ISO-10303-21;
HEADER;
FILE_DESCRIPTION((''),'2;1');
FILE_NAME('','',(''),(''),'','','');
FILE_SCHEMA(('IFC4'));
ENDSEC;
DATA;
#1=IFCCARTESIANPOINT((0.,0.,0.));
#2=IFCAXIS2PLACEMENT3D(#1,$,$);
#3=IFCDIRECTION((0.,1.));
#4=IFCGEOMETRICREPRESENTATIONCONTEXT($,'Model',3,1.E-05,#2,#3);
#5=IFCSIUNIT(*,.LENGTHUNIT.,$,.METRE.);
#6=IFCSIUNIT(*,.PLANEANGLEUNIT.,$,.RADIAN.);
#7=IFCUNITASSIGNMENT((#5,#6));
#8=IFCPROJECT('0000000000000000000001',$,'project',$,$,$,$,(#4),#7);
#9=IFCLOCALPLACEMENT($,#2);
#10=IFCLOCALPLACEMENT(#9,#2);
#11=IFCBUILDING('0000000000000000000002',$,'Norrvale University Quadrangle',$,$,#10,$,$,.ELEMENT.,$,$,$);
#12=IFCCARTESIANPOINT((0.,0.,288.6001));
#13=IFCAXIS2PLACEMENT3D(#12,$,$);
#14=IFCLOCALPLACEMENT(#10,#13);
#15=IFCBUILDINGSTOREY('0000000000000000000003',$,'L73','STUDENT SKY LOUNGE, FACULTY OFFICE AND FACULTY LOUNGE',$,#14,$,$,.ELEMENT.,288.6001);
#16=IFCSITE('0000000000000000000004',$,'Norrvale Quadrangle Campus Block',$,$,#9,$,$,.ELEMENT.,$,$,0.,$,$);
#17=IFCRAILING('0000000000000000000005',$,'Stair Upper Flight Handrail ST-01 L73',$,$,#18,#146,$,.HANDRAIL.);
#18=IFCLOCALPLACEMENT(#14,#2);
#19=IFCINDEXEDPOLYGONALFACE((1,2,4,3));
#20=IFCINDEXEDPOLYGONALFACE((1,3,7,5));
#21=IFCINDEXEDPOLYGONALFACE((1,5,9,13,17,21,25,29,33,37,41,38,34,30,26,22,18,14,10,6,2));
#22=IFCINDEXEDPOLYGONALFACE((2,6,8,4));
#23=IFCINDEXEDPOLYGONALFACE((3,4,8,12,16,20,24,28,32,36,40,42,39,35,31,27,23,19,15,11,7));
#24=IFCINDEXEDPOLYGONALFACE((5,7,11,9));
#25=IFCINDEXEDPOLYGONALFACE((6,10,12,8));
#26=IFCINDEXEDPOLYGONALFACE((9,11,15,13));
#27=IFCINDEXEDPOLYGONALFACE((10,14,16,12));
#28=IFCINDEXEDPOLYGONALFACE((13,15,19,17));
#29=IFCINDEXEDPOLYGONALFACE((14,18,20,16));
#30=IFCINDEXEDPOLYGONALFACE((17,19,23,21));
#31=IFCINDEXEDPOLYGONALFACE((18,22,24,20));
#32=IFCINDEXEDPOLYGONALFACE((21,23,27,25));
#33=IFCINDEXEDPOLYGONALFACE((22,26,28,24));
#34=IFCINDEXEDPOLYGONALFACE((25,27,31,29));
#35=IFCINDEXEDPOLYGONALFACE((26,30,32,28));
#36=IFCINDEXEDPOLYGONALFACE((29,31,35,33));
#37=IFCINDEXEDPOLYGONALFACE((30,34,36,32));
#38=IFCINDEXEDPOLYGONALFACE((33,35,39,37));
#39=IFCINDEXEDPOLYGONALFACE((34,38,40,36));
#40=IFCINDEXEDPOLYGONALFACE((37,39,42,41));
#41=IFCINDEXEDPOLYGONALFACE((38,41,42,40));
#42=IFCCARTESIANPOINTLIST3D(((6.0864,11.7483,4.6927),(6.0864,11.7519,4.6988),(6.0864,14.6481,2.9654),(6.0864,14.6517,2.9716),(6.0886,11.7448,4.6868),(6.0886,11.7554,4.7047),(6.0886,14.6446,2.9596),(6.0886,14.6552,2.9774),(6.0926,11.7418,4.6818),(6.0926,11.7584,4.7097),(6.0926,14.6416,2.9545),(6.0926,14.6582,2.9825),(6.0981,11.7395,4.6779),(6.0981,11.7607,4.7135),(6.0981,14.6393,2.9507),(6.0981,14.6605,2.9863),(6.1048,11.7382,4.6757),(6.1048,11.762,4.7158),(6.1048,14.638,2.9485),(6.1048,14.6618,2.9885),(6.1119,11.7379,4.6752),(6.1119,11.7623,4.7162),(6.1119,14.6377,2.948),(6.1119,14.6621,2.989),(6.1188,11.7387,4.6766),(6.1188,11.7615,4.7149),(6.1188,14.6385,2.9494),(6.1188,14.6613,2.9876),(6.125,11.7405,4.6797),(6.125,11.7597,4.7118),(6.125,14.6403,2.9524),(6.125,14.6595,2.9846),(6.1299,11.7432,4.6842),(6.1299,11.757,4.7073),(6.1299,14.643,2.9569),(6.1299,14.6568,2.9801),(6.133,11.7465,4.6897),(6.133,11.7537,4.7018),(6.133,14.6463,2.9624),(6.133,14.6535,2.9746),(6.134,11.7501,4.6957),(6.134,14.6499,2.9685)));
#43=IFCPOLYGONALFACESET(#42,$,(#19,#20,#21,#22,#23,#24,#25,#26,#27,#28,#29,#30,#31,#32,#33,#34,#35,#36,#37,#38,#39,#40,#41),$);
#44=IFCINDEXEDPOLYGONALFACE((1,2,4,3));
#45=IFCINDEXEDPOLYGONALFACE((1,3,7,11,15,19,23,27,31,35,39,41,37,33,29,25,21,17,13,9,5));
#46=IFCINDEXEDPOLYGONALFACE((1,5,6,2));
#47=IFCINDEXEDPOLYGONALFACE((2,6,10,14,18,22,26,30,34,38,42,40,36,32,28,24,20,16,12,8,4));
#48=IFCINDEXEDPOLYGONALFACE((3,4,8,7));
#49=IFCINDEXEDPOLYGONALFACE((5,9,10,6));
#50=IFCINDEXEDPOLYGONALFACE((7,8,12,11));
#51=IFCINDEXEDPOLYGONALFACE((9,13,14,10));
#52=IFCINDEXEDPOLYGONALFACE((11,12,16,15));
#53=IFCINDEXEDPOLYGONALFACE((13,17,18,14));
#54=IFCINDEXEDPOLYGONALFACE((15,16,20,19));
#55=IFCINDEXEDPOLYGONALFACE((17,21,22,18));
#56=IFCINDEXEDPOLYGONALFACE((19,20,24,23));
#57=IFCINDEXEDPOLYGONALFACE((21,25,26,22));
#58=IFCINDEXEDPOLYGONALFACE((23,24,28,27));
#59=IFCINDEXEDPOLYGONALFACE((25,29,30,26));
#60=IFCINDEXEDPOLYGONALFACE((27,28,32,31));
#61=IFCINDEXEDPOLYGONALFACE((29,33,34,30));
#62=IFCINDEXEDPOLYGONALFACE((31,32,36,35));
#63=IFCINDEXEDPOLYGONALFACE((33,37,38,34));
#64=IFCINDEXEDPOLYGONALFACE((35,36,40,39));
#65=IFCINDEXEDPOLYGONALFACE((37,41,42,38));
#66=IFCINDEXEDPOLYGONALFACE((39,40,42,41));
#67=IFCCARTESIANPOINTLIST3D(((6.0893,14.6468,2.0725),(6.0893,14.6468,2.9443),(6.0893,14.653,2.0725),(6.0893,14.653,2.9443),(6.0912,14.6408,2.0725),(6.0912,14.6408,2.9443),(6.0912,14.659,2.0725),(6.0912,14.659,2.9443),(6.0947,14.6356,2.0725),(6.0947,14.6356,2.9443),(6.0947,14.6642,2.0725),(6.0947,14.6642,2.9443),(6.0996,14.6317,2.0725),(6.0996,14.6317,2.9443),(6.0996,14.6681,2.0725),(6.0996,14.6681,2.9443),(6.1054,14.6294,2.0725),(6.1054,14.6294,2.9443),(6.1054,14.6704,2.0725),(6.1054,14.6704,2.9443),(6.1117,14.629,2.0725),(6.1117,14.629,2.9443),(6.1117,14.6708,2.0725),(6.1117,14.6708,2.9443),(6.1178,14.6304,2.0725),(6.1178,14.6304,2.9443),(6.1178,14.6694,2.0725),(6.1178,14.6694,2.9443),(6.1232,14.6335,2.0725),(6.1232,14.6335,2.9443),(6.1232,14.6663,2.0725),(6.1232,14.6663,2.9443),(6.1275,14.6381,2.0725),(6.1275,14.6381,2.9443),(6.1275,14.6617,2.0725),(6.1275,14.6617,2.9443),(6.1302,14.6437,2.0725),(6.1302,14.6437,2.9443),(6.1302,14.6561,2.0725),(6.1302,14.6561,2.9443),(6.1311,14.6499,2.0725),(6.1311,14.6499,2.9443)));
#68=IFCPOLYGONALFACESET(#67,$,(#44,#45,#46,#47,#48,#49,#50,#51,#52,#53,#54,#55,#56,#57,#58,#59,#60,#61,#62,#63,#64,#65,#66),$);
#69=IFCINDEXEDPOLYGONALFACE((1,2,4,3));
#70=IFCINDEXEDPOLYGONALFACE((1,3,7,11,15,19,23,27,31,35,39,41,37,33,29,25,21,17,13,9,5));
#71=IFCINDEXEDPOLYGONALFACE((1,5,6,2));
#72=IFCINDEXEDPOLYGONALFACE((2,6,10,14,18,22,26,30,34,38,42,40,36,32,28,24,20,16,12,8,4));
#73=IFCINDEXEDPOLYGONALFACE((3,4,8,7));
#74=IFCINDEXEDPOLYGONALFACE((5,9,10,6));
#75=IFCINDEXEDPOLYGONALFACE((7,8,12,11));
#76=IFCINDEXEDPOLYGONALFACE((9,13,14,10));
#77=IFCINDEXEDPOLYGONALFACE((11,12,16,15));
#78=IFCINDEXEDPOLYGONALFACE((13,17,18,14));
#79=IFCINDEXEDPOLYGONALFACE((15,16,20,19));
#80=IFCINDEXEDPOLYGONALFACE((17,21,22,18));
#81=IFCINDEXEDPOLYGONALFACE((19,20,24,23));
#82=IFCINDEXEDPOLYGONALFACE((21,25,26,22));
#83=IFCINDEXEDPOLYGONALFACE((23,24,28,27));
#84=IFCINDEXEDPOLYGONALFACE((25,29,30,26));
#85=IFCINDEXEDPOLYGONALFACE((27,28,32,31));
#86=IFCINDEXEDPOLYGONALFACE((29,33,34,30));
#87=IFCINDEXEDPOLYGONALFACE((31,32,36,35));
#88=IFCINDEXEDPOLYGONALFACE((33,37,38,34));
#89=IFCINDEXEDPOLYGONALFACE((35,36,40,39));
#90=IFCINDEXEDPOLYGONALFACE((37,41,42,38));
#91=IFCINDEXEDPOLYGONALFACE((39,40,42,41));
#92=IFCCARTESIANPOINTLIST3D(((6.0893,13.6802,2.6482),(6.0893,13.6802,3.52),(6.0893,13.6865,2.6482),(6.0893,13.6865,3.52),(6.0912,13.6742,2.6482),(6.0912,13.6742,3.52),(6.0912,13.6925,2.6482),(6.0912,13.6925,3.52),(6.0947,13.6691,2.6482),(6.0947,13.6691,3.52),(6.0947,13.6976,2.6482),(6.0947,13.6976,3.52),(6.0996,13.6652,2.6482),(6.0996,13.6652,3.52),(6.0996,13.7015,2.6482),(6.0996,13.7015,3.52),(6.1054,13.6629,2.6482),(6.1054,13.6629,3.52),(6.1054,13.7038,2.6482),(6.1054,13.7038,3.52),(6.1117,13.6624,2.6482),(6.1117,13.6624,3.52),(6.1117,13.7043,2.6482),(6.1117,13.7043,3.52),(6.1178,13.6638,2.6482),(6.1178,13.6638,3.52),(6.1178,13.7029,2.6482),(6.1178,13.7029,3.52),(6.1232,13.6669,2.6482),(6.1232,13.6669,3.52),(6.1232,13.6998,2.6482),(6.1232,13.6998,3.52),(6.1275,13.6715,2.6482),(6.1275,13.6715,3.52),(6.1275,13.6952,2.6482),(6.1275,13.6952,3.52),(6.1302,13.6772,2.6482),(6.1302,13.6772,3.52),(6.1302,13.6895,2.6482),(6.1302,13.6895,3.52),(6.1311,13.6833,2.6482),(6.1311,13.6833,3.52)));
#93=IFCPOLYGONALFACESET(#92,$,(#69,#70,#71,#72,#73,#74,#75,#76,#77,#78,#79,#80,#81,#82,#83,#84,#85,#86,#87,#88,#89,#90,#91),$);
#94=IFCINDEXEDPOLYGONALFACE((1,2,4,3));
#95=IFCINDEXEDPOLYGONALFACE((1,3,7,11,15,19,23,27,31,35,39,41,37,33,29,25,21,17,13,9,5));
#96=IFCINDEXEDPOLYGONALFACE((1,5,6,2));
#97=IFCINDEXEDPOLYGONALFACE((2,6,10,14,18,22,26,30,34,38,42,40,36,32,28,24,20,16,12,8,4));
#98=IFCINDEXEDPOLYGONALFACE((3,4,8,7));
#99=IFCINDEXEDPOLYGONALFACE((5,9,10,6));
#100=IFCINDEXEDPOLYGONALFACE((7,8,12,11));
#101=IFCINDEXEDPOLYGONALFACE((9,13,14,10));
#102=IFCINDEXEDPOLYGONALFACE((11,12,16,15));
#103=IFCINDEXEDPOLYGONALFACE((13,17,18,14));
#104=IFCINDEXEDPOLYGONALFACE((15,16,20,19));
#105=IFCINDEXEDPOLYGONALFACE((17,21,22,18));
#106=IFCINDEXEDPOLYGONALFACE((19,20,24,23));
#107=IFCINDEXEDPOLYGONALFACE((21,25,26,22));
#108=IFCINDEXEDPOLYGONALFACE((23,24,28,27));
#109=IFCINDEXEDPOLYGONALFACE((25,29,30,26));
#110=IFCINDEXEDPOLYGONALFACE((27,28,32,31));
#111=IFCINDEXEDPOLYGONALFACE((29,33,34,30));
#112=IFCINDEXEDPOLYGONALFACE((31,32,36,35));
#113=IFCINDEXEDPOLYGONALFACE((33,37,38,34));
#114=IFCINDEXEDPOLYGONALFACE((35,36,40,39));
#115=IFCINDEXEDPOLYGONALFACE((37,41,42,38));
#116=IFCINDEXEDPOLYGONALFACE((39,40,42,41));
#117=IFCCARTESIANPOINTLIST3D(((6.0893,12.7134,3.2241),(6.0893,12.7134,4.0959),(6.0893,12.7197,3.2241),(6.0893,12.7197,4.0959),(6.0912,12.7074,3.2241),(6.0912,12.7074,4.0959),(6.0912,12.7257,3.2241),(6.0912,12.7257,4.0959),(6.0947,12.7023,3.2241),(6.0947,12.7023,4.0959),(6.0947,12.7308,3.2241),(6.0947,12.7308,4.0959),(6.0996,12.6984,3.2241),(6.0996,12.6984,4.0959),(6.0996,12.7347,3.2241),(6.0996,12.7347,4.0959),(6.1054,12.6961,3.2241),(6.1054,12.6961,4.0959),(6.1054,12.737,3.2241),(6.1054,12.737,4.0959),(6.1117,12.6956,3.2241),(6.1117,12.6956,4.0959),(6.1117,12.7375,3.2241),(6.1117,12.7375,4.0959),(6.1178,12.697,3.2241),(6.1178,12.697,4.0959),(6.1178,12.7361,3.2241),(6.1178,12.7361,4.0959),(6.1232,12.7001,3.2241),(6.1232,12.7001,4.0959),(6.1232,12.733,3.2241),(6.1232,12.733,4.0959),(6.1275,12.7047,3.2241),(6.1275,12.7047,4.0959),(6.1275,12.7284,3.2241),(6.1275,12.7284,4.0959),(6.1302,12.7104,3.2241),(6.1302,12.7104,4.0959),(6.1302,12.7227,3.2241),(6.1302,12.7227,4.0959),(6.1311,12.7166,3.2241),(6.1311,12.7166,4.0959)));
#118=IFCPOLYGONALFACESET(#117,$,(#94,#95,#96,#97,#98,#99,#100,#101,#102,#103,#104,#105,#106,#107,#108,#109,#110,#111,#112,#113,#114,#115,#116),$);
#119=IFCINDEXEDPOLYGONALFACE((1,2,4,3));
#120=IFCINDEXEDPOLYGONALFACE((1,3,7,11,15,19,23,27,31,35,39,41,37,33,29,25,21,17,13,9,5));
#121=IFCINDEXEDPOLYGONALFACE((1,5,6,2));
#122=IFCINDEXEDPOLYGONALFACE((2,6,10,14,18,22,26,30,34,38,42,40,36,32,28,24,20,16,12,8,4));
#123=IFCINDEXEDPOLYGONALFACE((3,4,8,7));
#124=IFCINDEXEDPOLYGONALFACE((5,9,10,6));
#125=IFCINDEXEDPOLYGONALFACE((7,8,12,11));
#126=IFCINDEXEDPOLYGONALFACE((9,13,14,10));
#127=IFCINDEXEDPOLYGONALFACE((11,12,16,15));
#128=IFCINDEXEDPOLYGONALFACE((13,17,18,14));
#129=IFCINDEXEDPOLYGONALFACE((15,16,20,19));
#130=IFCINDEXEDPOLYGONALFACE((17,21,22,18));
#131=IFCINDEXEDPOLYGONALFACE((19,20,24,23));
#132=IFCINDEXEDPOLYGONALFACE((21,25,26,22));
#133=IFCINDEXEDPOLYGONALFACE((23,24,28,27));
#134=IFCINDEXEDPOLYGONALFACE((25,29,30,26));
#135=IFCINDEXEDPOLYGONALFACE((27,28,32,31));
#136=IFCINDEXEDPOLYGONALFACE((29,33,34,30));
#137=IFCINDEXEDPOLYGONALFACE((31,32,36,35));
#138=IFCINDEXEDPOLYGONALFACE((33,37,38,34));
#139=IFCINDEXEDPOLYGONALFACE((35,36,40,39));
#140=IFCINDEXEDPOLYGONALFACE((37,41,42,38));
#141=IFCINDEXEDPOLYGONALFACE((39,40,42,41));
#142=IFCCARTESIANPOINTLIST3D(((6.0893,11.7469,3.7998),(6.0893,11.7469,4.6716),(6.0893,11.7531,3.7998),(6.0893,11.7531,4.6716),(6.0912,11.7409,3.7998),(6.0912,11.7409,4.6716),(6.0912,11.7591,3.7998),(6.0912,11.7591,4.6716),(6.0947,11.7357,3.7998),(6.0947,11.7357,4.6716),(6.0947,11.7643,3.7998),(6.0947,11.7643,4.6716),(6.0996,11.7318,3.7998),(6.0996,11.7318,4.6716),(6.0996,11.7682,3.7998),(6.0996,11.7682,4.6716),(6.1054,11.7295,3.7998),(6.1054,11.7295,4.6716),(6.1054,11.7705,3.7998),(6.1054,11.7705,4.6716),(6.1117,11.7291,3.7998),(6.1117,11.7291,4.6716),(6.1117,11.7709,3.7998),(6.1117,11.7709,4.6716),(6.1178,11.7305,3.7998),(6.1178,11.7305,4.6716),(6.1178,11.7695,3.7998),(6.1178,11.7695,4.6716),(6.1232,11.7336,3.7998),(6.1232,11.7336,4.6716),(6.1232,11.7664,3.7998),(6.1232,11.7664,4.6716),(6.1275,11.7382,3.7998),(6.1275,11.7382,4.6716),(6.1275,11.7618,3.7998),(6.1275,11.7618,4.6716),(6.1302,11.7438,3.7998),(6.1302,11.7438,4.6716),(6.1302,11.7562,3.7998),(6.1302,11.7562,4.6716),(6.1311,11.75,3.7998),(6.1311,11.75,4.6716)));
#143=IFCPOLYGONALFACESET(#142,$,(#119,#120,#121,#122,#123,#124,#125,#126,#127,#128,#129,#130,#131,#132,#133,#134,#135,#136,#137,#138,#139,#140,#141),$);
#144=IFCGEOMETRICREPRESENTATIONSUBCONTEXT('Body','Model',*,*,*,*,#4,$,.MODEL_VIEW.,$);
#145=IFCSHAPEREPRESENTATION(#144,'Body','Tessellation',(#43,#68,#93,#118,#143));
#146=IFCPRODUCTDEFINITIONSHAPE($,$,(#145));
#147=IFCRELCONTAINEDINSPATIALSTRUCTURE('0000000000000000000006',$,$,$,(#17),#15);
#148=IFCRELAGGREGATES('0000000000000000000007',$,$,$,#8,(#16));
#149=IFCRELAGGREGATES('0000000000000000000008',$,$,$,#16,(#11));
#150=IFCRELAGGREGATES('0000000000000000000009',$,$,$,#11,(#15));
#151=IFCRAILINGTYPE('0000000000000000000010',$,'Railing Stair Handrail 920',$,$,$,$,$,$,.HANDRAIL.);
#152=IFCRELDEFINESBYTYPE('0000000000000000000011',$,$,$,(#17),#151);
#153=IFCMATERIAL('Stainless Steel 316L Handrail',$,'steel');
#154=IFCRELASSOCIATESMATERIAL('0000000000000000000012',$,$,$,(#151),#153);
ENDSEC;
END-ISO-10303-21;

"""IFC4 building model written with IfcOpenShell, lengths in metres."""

from ifc_helpers import new_model, si_unit, direction, frame, origin, origin_2d, place, context, subcontext, project, spatial, circle, extrude, material, type_object, element, save


model = new_model("IFC4")

# Units and contexts
model_context = context("Model", 3, precision=1e-05, world=origin(), true_north=direction((0.0, 1.0)))
body_context = subcontext(model_context, "Body", "Model", "MODEL_VIEW")
ifc_project = project(units=[si_unit("LENGTHUNIT", "METRE"), si_unit("PLANEANGLEUNIT", "RADIAN")], contexts=[model_context])

# Site, building, storey
site_placement = place(None, origin())
site = spatial("IfcSite", under=ifc_project, at=site_placement, Name="Norrvale Quadrangle Campus Block", CompositionType="ELEMENT", RefElevation=0.0)
building_placement = place(site_placement, origin())
building = spatial("IfcBuilding", under=site, at=building_placement, Name="Norrvale University Quadrangle", CompositionType="ELEMENT")
storey_placement = place(building_placement, frame((0.0, 0.0, 288.6001)))
storey = spatial("IfcBuildingStorey", under=building, at=storey_placement, Name="L73", Description="STUDENT SKY LOUNGE, FACULTY OFFICE AND FACULTY LOUNGE", CompositionType="ELEMENT", Elevation=288.6001)

# Railing
ifc_material_1 = material(Name="Stainless Steel 316L Handrail", Category="steel")
railing_type_1 = type_object("IfcRailingType", Name="Railing Stair Handrail 920", PredefinedType="HANDRAIL", material=ifc_material_1)
railing_1_placement = place(storey_placement, frame((6.1101, 14.6499, 2.0725)))
element("IfcRailing", 1, at=railing_1_placement, inside=storey, type_object=railing_type_1, Name="Stair Upper Flight Handrail ST-01 L73", PredefinedType="HANDRAIL", context=body_context, shape_type="SweptSolid", body=[
    extrude(circle(Radius=0.0239, at=origin_2d()), frame((0.0, 0.0, 0.896), z_axis=(0.0, -0.859141, 0.511738), x_axis=(1.0, 0.0, 0.0)), (0.0, 0.0, 1.0), 3.3752),
    extrude(circle(Radius=0.021, at=origin_2d()), origin(), (0.0, 0.0, 1.0), 0.8718),
    extrude(circle(Radius=0.021, at=origin_2d()), frame((0.0, -0.9666, 0.5757)), (0.0, 0.0, 1.0), 0.8718),
    extrude(circle(Radius=0.021, at=origin_2d()), frame((0.0, -1.9333, 1.1516)), (0.0, 0.0, 1.0), 0.8718),
    extrude(circle(Radius=0.021, at=origin_2d()), frame((0.0, -2.8999, 1.7273)), (0.0, 0.0, 1.0), 0.8718),
])

save(model, "model.ifc")
